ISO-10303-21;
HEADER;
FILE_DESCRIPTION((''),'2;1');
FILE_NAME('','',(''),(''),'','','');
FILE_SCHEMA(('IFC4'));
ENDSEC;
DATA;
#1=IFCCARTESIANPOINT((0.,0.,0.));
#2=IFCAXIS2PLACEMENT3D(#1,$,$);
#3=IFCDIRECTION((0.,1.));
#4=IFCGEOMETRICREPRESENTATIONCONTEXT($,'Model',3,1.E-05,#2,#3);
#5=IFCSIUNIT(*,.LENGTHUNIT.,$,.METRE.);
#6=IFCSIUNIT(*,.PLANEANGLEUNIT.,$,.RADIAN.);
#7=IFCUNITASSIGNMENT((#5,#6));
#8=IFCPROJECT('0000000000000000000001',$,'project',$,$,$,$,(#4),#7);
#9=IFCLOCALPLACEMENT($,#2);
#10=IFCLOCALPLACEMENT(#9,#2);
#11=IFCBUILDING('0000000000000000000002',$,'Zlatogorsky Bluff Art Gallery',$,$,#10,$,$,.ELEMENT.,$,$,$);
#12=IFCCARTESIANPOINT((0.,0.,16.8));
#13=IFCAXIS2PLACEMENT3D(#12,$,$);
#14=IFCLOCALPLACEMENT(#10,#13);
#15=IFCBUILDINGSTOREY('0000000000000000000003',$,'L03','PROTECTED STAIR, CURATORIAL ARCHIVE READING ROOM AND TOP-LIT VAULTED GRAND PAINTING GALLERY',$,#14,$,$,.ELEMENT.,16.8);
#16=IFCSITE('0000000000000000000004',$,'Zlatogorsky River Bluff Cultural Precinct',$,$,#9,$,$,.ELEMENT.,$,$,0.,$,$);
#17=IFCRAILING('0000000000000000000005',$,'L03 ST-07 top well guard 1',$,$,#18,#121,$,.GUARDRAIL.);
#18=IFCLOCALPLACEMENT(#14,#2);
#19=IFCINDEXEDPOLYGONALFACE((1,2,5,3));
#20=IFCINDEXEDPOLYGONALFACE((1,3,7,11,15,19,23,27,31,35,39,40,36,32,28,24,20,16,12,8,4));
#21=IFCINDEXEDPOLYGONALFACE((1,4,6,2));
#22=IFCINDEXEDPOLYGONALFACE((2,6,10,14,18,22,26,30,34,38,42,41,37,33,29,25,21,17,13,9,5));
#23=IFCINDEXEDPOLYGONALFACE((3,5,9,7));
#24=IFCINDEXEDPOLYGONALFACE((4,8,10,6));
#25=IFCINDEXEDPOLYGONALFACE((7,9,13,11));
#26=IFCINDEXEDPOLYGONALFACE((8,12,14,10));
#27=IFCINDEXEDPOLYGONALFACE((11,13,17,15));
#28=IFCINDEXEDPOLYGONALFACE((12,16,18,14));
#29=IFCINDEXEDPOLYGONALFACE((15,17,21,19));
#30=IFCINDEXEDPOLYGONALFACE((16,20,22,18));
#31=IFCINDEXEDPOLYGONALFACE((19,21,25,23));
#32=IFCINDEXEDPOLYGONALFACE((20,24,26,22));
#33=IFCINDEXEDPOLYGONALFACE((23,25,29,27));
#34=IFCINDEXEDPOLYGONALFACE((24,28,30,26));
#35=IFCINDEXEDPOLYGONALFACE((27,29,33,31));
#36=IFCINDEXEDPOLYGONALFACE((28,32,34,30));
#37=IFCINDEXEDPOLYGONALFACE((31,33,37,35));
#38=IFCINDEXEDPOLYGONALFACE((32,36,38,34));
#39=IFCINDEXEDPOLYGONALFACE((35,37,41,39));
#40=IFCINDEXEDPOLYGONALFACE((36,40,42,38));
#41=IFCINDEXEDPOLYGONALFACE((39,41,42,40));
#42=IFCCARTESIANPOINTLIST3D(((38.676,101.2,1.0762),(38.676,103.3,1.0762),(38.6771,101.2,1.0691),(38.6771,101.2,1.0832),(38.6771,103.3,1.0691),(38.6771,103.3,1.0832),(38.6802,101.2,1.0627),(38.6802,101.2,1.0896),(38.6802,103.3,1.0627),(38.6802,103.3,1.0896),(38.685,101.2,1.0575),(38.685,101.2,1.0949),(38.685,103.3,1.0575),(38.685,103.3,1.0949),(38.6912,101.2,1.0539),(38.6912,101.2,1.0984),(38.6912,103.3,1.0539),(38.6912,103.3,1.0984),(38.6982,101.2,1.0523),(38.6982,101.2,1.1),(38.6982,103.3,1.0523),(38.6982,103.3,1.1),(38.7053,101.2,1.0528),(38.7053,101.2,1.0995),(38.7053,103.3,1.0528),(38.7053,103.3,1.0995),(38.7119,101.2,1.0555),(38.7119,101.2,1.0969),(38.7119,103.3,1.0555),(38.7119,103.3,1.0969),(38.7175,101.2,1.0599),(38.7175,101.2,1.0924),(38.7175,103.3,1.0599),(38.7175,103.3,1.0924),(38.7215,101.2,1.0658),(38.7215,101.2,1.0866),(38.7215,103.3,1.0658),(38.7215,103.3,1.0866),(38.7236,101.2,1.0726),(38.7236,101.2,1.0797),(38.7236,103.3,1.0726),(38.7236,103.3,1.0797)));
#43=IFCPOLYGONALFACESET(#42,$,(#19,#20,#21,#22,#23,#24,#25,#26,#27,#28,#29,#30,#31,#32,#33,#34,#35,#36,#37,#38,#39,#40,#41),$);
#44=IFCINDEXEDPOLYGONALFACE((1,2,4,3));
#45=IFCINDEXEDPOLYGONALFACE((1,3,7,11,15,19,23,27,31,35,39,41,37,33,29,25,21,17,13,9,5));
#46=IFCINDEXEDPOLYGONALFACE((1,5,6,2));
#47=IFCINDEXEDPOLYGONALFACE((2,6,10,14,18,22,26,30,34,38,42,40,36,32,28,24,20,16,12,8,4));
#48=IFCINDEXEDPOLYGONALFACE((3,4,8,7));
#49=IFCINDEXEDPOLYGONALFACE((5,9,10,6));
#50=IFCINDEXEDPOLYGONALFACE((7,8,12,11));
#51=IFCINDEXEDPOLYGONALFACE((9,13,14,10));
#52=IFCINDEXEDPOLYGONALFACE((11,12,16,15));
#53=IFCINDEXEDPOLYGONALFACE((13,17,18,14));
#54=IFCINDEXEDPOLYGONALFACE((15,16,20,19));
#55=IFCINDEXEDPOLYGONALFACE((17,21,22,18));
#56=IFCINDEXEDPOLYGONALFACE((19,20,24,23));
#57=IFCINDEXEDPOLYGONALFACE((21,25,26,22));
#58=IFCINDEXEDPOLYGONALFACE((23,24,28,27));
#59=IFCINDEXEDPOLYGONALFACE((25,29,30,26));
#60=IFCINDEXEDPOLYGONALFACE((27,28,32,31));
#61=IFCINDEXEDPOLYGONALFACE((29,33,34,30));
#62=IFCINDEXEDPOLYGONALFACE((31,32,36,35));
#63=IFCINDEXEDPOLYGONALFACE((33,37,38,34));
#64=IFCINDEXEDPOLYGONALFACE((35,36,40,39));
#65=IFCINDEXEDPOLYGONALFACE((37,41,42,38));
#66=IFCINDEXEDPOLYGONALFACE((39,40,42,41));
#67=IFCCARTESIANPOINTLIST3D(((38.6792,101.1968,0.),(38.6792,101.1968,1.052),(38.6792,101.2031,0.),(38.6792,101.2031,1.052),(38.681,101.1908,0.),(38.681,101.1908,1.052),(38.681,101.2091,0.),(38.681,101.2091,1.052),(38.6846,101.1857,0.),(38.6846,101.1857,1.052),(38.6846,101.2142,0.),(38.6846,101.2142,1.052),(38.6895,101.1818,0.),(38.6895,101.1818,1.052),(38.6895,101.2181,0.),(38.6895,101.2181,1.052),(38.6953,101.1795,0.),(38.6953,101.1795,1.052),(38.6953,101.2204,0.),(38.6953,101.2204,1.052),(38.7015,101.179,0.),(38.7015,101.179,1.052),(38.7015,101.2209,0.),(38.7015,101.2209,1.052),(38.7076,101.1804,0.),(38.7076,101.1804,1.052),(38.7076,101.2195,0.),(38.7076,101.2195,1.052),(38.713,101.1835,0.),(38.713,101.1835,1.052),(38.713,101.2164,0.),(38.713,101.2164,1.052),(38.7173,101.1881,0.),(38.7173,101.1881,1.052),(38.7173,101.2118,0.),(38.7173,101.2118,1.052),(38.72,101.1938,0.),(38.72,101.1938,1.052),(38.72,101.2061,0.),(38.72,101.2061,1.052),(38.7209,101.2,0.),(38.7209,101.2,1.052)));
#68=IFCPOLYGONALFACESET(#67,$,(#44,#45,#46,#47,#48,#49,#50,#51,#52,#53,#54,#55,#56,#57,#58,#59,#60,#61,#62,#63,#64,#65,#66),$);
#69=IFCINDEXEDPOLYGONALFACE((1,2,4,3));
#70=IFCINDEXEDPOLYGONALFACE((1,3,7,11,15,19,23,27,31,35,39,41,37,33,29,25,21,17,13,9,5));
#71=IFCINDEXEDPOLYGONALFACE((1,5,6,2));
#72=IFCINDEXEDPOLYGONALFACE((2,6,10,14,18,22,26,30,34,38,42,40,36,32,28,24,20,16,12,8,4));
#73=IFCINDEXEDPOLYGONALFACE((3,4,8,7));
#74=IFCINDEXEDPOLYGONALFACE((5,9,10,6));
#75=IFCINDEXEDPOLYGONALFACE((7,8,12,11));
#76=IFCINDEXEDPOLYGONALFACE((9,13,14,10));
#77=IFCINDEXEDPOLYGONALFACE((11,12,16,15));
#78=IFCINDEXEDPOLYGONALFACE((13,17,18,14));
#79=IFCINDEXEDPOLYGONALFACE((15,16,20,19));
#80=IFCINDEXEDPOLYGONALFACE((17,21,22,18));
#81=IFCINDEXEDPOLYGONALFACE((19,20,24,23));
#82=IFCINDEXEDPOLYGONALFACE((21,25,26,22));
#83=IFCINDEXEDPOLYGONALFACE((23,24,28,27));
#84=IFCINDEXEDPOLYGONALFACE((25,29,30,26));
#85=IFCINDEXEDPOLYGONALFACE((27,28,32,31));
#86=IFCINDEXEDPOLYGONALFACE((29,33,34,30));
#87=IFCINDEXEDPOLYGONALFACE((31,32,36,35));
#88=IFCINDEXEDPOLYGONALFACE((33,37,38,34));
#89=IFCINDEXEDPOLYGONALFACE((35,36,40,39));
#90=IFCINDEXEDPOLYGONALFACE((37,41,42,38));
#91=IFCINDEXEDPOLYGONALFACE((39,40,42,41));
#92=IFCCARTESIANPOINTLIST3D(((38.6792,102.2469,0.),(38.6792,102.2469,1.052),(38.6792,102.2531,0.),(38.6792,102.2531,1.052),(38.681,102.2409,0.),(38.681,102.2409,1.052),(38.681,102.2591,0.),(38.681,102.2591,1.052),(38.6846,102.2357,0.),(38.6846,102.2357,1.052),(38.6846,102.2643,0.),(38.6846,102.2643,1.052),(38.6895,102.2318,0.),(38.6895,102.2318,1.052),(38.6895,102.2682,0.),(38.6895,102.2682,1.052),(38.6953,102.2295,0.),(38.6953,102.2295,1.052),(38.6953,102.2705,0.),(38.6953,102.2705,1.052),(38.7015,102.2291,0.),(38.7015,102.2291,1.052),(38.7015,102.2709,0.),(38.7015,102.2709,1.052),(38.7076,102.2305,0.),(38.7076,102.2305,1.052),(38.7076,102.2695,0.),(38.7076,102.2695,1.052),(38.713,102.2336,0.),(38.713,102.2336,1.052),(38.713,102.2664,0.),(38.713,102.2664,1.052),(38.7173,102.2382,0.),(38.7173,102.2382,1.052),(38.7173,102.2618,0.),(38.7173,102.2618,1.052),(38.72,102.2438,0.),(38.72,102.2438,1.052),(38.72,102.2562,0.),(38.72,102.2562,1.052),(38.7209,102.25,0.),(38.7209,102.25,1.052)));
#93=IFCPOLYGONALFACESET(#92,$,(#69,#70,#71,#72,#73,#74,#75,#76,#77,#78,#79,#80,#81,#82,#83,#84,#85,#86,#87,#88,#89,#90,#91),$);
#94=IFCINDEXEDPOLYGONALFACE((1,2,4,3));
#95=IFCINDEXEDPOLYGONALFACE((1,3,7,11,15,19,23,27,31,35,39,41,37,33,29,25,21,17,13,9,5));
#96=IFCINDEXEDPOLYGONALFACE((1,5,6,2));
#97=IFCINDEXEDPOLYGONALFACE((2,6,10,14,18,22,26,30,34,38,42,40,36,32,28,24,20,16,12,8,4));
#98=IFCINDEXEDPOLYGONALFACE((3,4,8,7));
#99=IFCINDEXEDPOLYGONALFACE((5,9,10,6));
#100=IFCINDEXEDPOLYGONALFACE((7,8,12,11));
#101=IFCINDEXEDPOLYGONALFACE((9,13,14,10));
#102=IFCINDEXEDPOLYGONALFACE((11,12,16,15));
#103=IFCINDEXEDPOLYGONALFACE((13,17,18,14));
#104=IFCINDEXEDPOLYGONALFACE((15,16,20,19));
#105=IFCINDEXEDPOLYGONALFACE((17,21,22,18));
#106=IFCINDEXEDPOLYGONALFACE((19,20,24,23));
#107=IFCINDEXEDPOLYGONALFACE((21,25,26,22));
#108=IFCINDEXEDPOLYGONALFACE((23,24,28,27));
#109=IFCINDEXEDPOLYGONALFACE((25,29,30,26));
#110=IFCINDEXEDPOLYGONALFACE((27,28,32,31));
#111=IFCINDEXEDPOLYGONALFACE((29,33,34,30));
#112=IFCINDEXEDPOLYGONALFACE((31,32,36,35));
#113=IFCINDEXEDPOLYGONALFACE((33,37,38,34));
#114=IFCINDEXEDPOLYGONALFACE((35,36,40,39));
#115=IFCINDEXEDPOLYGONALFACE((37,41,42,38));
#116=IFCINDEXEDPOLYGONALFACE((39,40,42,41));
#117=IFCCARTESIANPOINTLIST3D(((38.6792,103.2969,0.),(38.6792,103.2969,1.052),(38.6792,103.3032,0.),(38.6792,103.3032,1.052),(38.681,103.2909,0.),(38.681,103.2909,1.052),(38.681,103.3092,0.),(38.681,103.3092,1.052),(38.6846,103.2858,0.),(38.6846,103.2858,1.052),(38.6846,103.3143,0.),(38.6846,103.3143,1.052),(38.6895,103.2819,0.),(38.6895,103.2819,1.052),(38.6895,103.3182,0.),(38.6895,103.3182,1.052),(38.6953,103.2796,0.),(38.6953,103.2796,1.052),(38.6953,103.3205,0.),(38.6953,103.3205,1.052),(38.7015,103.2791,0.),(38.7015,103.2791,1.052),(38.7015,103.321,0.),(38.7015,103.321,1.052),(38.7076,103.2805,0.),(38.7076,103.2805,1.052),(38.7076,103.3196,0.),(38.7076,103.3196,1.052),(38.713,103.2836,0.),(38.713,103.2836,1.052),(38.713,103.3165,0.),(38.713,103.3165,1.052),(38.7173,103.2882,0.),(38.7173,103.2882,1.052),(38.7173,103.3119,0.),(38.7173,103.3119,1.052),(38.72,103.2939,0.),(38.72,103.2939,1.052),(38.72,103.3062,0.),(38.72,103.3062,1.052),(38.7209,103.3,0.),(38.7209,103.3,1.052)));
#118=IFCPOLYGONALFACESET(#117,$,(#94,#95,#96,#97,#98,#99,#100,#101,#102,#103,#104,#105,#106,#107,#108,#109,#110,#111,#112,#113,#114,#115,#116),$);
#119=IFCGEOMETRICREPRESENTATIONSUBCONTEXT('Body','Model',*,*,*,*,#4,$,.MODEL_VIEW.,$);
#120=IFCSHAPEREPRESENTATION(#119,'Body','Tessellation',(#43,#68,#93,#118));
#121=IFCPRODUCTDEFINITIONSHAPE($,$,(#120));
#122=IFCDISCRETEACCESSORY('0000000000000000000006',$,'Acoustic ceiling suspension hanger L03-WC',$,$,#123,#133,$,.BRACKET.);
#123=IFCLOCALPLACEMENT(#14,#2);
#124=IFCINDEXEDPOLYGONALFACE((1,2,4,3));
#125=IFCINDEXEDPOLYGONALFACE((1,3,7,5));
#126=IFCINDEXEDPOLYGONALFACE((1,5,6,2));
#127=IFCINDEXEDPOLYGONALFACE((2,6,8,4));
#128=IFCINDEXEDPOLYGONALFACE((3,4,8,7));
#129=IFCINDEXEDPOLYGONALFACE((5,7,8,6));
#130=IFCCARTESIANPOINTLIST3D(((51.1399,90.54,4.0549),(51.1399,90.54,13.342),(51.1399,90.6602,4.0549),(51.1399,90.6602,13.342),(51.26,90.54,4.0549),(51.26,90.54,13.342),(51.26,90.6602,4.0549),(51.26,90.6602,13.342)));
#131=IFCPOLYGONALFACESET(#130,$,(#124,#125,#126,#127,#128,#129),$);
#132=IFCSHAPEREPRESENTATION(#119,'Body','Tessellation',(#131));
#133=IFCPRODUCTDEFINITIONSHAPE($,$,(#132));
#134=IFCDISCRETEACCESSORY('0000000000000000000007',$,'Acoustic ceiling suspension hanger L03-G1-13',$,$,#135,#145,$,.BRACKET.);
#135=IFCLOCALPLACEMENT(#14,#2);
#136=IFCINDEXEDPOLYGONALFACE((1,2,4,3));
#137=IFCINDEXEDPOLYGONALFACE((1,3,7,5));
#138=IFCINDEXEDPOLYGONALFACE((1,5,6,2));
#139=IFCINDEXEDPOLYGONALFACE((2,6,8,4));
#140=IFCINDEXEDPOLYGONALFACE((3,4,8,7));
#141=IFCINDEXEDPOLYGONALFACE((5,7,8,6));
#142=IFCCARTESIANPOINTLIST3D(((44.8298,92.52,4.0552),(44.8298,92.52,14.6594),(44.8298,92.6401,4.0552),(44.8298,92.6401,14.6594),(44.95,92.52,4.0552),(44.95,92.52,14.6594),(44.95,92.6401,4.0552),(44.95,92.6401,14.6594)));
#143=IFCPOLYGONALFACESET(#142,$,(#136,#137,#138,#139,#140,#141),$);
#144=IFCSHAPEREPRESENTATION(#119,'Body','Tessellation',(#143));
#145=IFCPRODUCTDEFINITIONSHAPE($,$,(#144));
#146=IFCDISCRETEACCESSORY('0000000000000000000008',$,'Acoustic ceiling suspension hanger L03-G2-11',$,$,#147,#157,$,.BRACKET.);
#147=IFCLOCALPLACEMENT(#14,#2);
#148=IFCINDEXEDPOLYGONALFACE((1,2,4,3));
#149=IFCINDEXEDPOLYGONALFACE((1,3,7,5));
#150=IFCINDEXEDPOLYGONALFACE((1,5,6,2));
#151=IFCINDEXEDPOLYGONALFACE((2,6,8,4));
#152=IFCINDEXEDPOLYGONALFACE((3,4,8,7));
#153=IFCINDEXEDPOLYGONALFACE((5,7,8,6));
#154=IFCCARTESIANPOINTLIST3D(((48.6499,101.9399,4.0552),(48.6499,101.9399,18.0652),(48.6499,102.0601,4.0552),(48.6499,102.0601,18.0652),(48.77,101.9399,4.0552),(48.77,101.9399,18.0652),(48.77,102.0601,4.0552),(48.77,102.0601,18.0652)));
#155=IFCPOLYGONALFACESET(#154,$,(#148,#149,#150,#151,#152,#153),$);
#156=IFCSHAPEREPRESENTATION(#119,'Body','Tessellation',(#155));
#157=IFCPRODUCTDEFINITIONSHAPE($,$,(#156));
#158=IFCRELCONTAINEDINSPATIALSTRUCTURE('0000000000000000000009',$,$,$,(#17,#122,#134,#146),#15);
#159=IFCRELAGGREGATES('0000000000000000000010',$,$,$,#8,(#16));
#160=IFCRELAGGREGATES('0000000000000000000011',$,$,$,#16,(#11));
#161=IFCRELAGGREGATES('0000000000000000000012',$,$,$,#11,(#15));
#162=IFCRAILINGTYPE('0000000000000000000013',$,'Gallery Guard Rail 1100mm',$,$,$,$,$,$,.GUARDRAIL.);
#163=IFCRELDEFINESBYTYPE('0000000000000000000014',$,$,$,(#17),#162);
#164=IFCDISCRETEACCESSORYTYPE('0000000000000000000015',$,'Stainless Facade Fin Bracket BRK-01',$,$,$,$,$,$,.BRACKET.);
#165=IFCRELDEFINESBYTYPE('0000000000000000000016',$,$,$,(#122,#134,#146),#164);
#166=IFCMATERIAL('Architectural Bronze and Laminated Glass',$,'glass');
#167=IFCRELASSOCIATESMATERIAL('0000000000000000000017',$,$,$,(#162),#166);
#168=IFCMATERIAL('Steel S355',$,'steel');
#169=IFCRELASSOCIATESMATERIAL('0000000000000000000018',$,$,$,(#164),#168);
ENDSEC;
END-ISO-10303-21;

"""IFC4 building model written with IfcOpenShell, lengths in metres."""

from ifc_helpers import new_model, si_unit, direction, frame, origin, origin_2d, place, context, subcontext, project, spatial, rectangle, circle, extrude, material, type_object, element, save


model = new_model("IFC4")

# Units and contexts
model_context = context("Model", 3, precision=1e-05, world=origin(), true_north=direction((0.0, 1.0)))
body_context = subcontext(model_context, "Body", "Model", "MODEL_VIEW")
ifc_project = project(units=[si_unit("LENGTHUNIT", "METRE"), si_unit("PLANEANGLEUNIT", "RADIAN")], contexts=[model_context])

# Site, building, storey
site_placement = place(None, origin())
site = spatial("IfcSite", under=ifc_project, at=site_placement, Name="Zlatogorsky River Bluff Cultural Precinct", CompositionType="ELEMENT", RefElevation=0.0)
building_placement = place(site_placement, origin())
building = spatial("IfcBuilding", under=site, at=building_placement, Name="Zlatogorsky Bluff Art Gallery", CompositionType="ELEMENT")
storey_placement = place(building_placement, frame((0.0, 0.0, 16.8)))
storey = spatial("IfcBuildingStorey", under=building, at=storey_placement, Name="L03", Description="PROTECTED STAIR, CURATORIAL ARCHIVE READING ROOM AND TOP-LIT VAULTED GRAND PAINTING GALLERY", CompositionType="ELEMENT", Elevation=16.8)

# Shared definitions
ifc_material_1 = material(Name="Steel S355", Category="steel")

# Railing
ifc_material_2 = material(Name="Architectural Bronze and Laminated Glass", Category="glass")
railing_type = type_object("IfcRailingType", Name="Gallery Guard Rail 1100mm", PredefinedType="GUARDRAIL", material=ifc_material_2)
railing_1_placement = place(storey_placement, frame((38.7, 101.2, 0.0)))
element("IfcRailing", 1, at=railing_1_placement, inside=storey, type_object=railing_type, Name="L03 ST-07 top well guard 1", PredefinedType="GUARDRAIL", context=body_context, shape_type="SweptSolid", body=[
    extrude(circle(Radius=0.0239, at=origin_2d()), frame((0.0, 0.0, 1.0762), z_axis=(0.0, 1.0, 0.0), x_axis=(-1.0, 0.0, 0.0)), (0.0, 0.0, 1.0), 2.1001),
    extrude(circle(Radius=0.021, at=origin_2d()), origin(), (0.0, 0.0, 1.0), 1.052),
    extrude(circle(Radius=0.021, at=origin_2d()), frame((0.0, 1.05, 0.0)), (0.0, 0.0, 1.0), 1.052),
    extrude(circle(Radius=0.021, at=origin_2d()), frame((0.0, 2.1001, 0.0)), (0.0, 0.0, 1.0), 1.052),
])

# Discrete accessories
discrete_accessory_type = type_object("IfcDiscreteAccessoryType", Name="Stainless Facade Fin Bracket BRK-01", PredefinedType="BRACKET", material=ifc_material_1)
discrete_accessory_1_placement = place(storey_placement, frame((51.2, 90.6001, 4.0549), z_axis=(0.0, 0.0, 1.0), x_axis=(1.0, 0.0, 0.0)))
element("IfcDiscreteAccessory", 2, at=discrete_accessory_1_placement, inside=storey, type_object=discrete_accessory_type, Name="Acoustic ceiling suspension hanger L03-WC", PredefinedType="BRACKET", context=body_context, shape_type="SweptSolid", body=[
    extrude(rectangle(XDim=0.1201, YDim=0.1201, at=origin_2d()), origin(), (0.0, 0.0, 1.0), 9.2871),
])
discrete_accessory_2_placement = place(storey_placement, frame((44.8899, 92.5801, 4.0552), z_axis=(0.0, 0.0, 1.0), x_axis=(1.0, 0.0, 0.0)))
element("IfcDiscreteAccessory", 3, at=discrete_accessory_2_placement, inside=storey, type_object=discrete_accessory_type, Name="Acoustic ceiling suspension hanger L03-G1-13", PredefinedType="BRACKET", context=body_context, shape_type="SweptSolid", body=[
    extrude(rectangle(XDim=0.1201, YDim=0.1201, at=origin_2d()), origin(), (0.0, 0.0, 1.0), 10.6042),
])
discrete_accessory_3_placement = place(storey_placement, frame((48.71, 102.0, 4.0552), z_axis=(0.0, 0.0, 1.0), x_axis=(1.0, 0.0, 0.0)))
element("IfcDiscreteAccessory", 4, at=discrete_accessory_3_placement, inside=storey, type_object=discrete_accessory_type, Name="Acoustic ceiling suspension hanger L03-G2-11", PredefinedType="BRACKET", context=body_context, shape_type="SweptSolid", body=[
    extrude(rectangle(XDim=0.1201, YDim=0.1201, at=origin_2d()), origin(), (0.0, 0.0, 1.0), 14.01),
])

save(model, "model.ifc")
